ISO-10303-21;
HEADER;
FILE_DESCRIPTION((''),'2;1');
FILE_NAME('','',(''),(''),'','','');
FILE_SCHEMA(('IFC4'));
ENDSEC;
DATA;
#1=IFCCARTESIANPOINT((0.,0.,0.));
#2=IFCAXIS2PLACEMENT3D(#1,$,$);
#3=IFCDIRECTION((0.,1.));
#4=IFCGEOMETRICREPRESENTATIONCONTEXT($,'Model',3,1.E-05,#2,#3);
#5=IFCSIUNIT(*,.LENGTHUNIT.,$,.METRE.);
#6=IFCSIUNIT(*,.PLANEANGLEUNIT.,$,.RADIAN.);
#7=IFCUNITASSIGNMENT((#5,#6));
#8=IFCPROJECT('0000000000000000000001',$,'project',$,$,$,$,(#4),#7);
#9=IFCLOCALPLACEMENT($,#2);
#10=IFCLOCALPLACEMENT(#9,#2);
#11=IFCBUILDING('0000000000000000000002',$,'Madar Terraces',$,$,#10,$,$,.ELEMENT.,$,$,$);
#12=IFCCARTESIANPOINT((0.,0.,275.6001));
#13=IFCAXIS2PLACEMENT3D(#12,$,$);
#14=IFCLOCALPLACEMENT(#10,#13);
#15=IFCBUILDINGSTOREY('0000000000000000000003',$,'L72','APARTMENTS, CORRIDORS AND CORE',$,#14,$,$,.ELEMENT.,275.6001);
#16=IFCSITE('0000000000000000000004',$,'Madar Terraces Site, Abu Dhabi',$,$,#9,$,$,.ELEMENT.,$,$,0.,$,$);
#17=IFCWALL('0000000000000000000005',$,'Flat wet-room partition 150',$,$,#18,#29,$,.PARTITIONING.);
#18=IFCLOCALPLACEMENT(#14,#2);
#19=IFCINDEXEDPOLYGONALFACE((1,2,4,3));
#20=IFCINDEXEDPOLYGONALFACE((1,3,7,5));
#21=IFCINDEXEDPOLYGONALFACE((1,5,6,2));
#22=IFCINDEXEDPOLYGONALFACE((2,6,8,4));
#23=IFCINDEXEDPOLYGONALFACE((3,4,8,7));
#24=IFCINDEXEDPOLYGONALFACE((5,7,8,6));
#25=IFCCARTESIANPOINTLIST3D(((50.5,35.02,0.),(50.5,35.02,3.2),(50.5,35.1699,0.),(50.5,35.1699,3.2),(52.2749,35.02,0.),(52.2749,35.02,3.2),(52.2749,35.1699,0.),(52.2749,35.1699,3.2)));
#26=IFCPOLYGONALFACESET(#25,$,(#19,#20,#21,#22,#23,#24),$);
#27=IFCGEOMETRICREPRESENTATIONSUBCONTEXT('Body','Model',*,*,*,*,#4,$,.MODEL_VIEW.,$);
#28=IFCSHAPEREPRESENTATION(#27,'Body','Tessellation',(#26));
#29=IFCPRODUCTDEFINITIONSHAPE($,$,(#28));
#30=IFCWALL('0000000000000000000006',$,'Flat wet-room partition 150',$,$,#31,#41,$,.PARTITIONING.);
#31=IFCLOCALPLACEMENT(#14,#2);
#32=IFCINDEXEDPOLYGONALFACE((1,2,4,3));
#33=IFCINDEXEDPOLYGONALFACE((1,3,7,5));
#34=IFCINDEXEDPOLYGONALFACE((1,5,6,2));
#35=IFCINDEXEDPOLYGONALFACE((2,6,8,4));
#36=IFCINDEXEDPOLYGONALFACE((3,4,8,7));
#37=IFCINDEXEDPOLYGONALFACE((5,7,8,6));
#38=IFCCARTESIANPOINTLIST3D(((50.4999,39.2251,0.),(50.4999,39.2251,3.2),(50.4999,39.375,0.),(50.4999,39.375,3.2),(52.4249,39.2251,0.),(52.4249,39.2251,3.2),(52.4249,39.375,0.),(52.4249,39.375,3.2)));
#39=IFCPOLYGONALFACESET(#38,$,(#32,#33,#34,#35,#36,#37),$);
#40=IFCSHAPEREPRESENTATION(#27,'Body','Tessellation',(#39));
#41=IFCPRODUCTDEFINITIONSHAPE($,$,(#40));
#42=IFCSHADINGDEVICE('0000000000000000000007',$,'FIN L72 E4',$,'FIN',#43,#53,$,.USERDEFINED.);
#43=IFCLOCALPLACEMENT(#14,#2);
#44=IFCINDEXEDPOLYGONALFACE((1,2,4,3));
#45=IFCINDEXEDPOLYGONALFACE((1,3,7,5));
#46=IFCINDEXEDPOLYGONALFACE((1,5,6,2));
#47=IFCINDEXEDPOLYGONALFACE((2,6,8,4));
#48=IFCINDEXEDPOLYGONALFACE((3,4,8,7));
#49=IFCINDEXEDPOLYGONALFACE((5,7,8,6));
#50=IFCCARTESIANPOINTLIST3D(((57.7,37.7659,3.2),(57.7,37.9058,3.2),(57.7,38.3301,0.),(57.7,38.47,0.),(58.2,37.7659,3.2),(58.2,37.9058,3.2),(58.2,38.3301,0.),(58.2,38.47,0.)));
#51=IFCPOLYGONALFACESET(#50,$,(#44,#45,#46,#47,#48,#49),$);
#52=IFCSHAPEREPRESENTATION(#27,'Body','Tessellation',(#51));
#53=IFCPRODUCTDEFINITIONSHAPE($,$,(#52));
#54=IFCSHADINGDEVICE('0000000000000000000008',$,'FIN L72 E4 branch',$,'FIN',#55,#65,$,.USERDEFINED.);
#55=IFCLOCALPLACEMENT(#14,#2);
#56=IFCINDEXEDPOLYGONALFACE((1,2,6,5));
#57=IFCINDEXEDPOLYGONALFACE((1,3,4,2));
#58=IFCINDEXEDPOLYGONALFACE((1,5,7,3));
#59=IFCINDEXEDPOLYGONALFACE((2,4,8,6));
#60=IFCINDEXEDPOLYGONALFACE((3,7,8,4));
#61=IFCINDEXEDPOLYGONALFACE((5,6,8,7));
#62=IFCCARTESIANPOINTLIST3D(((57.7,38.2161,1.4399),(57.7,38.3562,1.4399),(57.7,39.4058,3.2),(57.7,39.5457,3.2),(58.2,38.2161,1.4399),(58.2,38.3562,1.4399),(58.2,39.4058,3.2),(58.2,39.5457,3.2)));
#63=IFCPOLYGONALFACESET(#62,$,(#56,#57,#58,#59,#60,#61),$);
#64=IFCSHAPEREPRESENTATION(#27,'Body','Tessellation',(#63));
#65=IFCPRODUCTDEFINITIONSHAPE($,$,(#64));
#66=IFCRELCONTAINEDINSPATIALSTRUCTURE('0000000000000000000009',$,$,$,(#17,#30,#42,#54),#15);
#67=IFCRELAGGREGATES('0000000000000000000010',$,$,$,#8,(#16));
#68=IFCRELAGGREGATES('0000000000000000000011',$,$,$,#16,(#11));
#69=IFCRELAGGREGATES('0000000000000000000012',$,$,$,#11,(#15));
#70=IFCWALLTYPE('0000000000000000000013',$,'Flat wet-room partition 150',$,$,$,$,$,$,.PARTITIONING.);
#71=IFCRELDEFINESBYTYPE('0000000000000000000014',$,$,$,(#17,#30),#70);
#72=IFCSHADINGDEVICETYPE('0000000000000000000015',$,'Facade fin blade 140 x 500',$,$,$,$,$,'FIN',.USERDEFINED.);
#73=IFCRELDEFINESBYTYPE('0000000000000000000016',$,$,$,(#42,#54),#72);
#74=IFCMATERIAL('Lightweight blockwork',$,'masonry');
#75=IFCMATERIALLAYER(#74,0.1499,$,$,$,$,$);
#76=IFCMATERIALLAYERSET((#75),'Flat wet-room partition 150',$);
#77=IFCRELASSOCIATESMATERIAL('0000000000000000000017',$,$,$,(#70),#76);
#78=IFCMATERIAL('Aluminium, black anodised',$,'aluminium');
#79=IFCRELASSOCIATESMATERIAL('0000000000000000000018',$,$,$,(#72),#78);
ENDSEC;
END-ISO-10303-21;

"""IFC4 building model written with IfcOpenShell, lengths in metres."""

from ifc_helpers import new_model, si_unit, direction, frame, frame_2d, origin, place, context, subcontext, project, spatial, polyline, rectangle, outline, extrude, material, layer, layer_set, type_object, element, save


model = new_model("IFC4")

# Units and contexts
model_context = context("Model", 3, precision=1e-05, world=origin(), true_north=direction((0.0, 1.0)))
body_context = subcontext(model_context, "Body", "Model", "MODEL_VIEW")
ifc_project = project(units=[si_unit("LENGTHUNIT", "METRE"), si_unit("PLANEANGLEUNIT", "RADIAN")], contexts=[model_context])

# Site, building, storey
site_placement = place(None, origin())
site = spatial("IfcSite", under=ifc_project, at=site_placement, Name="Madar Terraces Site, Abu Dhabi", CompositionType="ELEMENT", RefElevation=0.0)
building_placement = place(site_placement, origin())
building = spatial("IfcBuilding", under=site, at=building_placement, Name="Madar Terraces", CompositionType="ELEMENT")
storey_placement = place(building_placement, frame((0.0, 0.0, 275.6001)))
storey = spatial("IfcBuildingStorey", under=building, at=storey_placement, Name="L72", Description="APARTMENTS, CORRIDORS AND CORE", CompositionType="ELEMENT", Elevation=275.6001)

# Walls
ifc_material_1 = material(Name="Lightweight blockwork", Category="masonry")
ifc_layer_1 = layer(ifc_material_1, 0.1499)
ifc_layer_set_1 = layer_set([ifc_layer_1], Name="Flat wet-room partition 150")
wall_type_1 = type_object("IfcWallType", Name="Flat wet-room partition 150", PredefinedType="PARTITIONING", material=ifc_layer_set_1)
wall_1_placement = place(storey_placement, frame((50.5, 35.095, 0.0), z_axis=(0.0, 0.0, 1.0), x_axis=(1.0, 0.0, 0.0)))
element("IfcWall", 1, at=wall_1_placement, inside=storey, type_object=wall_type_1, Name="Flat wet-room partition 150", PredefinedType="PARTITIONING", context=body_context, shape_type="SweptSolid", body=[
    extrude(rectangle(XDim=1.7749, YDim=0.1499, at=frame_2d((0.8875, 0.0))), origin(), (0.0, 0.0, 1.0), 3.2),
])
wall_2_placement = place(storey_placement, frame((50.5, 39.3, 0.0), z_axis=(0.0, 0.0, 1.0), x_axis=(1.0, 0.0, 0.0)))
element("IfcWall", 2, at=wall_2_placement, inside=storey, type_object=wall_type_1, Name="Flat wet-room partition 150", PredefinedType="PARTITIONING", context=body_context, shape_type="SweptSolid", body=[
    extrude(rectangle(XDim=1.925, YDim=0.1499, at=frame_2d((0.9624, 0.0))), origin(), (0.0, 0.0, 1.0), 3.2),
])

# Shading devices
ifc_material_2 = material(Name="Aluminium, black anodised", Category="aluminium")
shading_device_type = type_object("IfcShadingDeviceType", Name="Facade fin blade 140 x 500", ElementType="FIN", PredefinedType="USERDEFINED", material=ifc_material_2)
shading_device_1_placement = place(storey_placement, frame((57.95, 38.3301, 0.0), z_axis=(0.0, 0.0, 1.0), x_axis=(0.0, 1.0, 0.0)))
element("IfcShadingDevice", 3, at=shading_device_1_placement, inside=storey, type_object=shading_device_type, Name="FIN L72 E4", ObjectType="FIN", PredefinedType="USERDEFINED", context=body_context, shape_type="SweptSolid", body=[
    extrude(outline(polyline([(0.0, 0.0), (0.1399, 0.0), (-0.4243, 3.2), (-0.5642, 3.2), (0.0, 0.0)])), frame((0.0, 0.25, 0.0), z_axis=(0.0, -1.0, 0.0), x_axis=(1.0, 0.0, 0.0)), (0.0, 0.0, 1.0), 0.5),
])
shading_device_2_placement = place(storey_placement, frame((57.95, 38.2161, 1.4399), z_axis=(0.0, 0.0, 1.0), x_axis=(0.0, 1.0, 0.0)))
element("IfcShadingDevice", 4, at=shading_device_2_placement, inside=storey, type_object=shading_device_type, Name="FIN L72 E4 branch", ObjectType="FIN", PredefinedType="USERDEFINED", context=body_context, shape_type="SweptSolid", body=[
    extrude(outline(polyline([(0.0, 0.0), (0.1401, 0.0), (1.3296, 1.76), (1.1897, 1.76), (0.0, 0.0)])), frame((0.0, 0.25, 0.0), z_axis=(0.0, -1.0, 0.0), x_axis=(1.0, 0.0, 0.0)), (0.0, 0.0, 1.0), 0.5),
])

save(model, "model.ifc")
